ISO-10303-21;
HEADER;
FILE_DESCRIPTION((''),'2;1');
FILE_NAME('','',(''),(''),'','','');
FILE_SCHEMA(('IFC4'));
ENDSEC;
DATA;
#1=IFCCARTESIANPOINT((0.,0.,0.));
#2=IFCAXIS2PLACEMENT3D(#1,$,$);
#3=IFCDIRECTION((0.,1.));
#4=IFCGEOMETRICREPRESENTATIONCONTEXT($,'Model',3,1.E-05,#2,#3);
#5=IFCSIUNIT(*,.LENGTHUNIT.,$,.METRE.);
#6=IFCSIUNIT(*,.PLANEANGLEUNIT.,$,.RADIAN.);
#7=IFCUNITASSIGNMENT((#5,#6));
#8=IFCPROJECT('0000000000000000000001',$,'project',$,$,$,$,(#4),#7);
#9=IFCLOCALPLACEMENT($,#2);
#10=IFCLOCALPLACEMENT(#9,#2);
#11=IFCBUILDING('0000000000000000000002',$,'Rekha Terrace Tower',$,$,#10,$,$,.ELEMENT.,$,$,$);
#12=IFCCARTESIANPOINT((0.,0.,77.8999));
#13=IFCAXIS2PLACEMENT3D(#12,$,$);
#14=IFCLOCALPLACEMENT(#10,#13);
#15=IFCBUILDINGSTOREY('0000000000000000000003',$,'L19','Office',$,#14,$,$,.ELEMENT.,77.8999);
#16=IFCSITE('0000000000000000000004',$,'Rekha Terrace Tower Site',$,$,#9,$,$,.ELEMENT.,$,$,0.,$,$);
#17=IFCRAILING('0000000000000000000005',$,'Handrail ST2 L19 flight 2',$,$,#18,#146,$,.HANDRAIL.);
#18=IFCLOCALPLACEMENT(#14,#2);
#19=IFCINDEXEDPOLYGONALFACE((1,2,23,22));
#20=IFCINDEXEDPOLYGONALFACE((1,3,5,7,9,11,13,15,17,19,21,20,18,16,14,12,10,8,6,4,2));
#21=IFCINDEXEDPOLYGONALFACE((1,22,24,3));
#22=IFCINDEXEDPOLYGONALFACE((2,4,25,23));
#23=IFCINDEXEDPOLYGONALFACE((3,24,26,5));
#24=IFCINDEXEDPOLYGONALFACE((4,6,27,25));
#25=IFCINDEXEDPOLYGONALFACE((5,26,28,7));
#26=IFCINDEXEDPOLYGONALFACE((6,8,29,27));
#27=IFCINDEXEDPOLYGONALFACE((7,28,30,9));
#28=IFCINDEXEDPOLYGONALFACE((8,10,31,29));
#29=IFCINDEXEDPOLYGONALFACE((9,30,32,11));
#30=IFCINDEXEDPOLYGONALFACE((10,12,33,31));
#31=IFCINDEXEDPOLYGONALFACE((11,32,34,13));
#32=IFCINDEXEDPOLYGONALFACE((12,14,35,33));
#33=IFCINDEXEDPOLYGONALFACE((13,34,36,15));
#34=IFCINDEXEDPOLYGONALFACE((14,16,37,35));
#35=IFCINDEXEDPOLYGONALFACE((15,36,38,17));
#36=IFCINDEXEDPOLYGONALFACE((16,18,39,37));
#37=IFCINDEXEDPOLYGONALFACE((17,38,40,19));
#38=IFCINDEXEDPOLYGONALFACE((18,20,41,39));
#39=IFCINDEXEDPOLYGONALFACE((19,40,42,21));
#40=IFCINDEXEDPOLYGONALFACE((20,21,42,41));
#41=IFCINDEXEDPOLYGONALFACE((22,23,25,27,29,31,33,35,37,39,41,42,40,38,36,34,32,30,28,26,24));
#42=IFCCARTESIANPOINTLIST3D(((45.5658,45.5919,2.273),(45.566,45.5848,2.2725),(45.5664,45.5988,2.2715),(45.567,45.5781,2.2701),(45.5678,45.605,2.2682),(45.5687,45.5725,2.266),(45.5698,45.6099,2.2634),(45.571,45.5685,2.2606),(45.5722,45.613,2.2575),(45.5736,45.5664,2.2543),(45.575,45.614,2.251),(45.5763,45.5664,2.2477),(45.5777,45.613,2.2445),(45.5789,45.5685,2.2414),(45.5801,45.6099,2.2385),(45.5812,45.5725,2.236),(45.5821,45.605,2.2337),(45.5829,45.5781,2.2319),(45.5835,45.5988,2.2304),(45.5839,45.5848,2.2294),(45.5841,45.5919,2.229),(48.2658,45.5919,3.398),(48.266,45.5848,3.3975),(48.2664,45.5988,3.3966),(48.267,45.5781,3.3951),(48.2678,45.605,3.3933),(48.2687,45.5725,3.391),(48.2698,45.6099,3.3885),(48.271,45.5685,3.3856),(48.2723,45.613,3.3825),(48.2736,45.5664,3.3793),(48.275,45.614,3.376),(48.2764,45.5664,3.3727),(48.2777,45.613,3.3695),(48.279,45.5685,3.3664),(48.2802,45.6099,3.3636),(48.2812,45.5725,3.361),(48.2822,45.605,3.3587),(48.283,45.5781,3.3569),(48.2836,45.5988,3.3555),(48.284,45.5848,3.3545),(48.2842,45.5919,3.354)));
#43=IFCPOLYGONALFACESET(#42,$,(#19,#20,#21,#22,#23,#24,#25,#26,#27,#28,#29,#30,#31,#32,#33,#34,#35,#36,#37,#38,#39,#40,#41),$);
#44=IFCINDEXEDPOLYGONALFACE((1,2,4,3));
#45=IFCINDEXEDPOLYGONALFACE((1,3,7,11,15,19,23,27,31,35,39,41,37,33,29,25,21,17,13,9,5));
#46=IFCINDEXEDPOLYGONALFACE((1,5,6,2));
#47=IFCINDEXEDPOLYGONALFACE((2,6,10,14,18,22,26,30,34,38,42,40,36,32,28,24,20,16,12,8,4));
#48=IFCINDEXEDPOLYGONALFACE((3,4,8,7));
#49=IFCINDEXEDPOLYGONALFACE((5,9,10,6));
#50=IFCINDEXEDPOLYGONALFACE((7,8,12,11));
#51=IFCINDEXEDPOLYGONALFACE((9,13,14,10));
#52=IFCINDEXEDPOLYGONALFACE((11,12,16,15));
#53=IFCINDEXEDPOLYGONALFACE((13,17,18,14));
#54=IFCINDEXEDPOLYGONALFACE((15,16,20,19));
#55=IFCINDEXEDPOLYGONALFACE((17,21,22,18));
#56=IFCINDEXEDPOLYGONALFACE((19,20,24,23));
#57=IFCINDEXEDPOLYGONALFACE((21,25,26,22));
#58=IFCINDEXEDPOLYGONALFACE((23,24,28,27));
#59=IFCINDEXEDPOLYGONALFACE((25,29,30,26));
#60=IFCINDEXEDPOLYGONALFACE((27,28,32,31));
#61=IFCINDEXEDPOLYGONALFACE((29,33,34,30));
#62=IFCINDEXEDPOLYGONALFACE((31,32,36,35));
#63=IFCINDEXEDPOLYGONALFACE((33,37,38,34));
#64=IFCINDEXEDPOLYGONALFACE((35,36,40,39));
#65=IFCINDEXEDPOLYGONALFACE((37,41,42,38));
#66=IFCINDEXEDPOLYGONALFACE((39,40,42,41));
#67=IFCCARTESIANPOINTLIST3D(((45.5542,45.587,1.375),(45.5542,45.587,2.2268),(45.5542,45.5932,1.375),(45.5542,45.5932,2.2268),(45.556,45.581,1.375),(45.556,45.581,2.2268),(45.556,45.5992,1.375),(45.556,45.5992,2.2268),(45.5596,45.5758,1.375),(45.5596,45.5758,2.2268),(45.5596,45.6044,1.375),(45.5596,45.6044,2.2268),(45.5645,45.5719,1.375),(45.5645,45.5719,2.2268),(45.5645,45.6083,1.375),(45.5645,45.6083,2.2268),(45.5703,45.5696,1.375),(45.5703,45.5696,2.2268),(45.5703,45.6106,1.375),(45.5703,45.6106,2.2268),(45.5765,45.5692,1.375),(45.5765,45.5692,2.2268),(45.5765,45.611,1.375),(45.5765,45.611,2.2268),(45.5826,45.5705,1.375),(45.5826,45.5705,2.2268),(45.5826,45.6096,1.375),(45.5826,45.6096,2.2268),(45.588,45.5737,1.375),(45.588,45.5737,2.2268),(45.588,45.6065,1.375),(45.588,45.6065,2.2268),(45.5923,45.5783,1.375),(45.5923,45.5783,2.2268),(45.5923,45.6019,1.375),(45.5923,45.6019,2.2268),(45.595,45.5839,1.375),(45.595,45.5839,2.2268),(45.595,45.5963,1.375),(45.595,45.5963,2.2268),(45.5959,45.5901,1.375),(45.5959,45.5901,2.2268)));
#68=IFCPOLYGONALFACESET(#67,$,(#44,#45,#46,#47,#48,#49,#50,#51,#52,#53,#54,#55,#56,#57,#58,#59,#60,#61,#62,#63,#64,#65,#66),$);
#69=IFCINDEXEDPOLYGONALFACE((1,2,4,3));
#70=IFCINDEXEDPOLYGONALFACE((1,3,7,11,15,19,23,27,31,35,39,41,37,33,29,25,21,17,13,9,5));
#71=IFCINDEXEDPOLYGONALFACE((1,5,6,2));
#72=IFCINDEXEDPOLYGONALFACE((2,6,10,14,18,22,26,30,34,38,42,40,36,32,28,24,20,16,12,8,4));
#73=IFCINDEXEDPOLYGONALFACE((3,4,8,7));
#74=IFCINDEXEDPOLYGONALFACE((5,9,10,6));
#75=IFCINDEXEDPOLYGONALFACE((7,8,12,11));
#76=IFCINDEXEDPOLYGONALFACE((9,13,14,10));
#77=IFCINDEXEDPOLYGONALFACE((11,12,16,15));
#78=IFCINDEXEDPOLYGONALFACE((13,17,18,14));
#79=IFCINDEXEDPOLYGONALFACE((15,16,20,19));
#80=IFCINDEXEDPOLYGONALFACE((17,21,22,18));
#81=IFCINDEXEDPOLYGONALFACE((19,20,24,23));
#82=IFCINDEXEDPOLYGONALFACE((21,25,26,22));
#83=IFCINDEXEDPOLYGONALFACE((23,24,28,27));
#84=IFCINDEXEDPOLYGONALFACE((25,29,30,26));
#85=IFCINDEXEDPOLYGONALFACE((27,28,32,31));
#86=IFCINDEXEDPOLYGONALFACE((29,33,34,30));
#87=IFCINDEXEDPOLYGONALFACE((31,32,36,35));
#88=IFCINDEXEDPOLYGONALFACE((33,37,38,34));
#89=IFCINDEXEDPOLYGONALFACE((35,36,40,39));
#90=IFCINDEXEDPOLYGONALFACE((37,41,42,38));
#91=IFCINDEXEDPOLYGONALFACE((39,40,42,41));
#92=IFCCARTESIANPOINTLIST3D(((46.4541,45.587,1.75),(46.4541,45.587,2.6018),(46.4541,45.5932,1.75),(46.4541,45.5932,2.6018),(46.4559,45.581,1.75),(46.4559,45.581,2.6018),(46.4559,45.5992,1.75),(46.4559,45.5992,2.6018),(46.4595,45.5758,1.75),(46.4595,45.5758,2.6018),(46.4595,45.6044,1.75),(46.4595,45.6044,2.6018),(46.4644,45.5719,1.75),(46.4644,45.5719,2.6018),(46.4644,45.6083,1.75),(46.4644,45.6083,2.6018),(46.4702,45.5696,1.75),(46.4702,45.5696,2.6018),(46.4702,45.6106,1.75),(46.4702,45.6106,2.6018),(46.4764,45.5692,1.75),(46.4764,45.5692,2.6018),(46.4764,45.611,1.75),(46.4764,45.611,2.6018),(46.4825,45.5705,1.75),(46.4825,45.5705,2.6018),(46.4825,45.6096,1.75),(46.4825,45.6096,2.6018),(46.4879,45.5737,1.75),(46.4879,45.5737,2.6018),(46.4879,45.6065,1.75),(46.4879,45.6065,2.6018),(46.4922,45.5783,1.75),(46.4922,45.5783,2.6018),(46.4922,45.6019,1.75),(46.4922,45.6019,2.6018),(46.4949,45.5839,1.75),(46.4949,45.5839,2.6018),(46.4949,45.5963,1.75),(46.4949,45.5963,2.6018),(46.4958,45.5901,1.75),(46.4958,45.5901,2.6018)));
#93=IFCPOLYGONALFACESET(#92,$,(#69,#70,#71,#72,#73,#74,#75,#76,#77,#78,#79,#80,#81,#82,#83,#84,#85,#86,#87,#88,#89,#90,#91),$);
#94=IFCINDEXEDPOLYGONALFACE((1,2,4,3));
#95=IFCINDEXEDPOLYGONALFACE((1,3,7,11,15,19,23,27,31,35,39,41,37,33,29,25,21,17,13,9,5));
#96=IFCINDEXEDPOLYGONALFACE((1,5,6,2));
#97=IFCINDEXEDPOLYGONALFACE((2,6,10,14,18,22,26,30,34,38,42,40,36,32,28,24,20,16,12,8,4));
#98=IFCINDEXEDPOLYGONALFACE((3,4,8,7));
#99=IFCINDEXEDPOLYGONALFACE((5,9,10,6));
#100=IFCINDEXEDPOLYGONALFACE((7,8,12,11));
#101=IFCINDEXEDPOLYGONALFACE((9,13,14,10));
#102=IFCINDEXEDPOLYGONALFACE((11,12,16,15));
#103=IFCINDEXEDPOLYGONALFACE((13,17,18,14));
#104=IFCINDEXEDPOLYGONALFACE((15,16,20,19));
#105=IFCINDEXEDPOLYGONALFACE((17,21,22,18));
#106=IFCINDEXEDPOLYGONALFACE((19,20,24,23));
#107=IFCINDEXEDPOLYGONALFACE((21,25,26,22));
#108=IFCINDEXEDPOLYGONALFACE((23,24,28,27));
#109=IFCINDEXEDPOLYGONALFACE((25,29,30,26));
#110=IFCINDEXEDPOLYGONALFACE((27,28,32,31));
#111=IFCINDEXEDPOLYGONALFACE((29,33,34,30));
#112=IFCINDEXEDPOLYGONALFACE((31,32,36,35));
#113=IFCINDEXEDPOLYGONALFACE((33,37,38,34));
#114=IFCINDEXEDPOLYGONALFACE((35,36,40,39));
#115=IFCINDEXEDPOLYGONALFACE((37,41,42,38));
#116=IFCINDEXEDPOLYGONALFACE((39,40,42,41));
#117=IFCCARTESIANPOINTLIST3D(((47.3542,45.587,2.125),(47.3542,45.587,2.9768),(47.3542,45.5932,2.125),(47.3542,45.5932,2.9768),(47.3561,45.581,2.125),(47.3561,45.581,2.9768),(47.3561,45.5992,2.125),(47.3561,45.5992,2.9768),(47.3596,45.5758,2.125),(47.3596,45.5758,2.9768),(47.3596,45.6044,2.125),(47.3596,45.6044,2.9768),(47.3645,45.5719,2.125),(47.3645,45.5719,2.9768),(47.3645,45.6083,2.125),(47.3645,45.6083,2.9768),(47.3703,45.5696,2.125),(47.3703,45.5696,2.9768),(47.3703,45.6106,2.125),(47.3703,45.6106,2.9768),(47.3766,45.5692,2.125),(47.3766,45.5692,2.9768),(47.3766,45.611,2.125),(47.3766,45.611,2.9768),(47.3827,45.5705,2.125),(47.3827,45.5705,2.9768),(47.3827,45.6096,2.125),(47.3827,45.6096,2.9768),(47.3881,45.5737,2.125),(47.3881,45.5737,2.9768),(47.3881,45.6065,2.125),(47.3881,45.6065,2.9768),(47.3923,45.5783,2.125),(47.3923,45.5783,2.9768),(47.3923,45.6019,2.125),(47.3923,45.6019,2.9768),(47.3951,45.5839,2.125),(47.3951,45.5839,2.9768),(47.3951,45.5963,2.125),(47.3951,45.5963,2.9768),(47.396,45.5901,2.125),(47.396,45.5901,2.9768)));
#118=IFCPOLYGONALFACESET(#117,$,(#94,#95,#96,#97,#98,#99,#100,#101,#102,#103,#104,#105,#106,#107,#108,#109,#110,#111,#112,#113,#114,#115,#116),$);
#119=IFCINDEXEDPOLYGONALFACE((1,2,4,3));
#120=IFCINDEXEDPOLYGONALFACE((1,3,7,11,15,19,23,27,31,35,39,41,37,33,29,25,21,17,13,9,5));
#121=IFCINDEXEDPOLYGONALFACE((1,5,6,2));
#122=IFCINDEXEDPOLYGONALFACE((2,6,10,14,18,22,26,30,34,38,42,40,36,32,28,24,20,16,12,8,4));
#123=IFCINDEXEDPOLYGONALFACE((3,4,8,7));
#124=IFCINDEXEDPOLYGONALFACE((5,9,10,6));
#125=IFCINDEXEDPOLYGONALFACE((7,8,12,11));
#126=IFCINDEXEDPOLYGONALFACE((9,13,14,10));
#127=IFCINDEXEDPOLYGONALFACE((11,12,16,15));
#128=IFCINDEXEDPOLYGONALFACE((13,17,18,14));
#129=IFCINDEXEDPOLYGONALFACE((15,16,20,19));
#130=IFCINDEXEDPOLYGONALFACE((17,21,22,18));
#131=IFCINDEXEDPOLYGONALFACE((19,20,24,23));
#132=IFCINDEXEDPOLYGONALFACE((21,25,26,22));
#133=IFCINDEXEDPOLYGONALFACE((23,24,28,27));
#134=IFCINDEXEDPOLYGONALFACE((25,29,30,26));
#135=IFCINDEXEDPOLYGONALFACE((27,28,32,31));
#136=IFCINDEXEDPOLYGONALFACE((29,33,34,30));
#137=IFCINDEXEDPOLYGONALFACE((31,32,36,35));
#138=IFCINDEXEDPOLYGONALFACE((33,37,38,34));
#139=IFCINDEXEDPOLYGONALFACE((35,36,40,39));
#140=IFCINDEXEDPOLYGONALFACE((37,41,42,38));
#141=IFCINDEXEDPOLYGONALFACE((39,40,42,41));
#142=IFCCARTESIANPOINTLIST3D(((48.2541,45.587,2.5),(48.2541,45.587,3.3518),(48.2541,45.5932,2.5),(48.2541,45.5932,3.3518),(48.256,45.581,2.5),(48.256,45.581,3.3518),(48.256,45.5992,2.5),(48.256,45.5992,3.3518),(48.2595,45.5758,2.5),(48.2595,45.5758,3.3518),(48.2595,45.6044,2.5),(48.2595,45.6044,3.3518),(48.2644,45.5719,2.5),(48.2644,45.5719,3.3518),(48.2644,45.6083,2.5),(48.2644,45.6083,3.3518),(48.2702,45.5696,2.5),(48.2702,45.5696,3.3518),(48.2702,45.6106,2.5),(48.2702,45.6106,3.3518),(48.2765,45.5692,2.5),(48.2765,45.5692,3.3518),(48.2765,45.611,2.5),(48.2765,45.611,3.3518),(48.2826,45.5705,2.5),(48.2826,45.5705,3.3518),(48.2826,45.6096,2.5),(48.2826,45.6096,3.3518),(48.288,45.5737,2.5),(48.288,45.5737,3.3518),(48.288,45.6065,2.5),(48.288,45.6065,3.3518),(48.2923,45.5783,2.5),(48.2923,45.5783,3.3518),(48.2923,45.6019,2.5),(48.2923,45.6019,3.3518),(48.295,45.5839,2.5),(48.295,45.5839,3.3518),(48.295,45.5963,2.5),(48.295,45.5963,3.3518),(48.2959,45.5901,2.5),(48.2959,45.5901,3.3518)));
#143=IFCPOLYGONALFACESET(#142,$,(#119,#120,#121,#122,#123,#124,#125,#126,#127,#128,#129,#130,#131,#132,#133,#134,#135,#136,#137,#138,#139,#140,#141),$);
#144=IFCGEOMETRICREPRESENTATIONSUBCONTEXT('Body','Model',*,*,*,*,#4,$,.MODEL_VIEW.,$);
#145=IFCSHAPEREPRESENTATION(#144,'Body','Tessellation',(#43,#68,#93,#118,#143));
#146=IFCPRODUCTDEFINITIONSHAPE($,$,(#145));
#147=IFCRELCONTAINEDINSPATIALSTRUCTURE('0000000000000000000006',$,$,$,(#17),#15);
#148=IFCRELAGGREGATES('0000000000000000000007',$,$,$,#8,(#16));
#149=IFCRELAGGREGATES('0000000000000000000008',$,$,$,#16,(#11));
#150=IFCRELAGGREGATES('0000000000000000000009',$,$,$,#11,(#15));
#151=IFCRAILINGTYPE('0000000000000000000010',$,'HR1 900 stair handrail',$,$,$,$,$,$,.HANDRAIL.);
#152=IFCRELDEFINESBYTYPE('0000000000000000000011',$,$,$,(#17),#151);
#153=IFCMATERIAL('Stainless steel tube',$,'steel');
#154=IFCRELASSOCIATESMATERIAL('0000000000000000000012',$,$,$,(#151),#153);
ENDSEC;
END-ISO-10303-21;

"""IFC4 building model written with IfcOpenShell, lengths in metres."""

from ifc_helpers import new_model, si_unit, direction, frame, origin, origin_2d, place, context, subcontext, project, spatial, circle, extrude, material, type_object, element, save


model = new_model("IFC4")

# Units and contexts
model_context = context("Model", 3, precision=1e-05, world=origin(), true_north=direction((0.0, 1.0)))
body_context = subcontext(model_context, "Body", "Model", "MODEL_VIEW")
ifc_project = project(units=[si_unit("LENGTHUNIT", "METRE"), si_unit("PLANEANGLEUNIT", "RADIAN")], contexts=[model_context])

# Site, building, storey
site_placement = place(None, origin())
site = spatial("IfcSite", under=ifc_project, at=site_placement, Name="Rekha Terrace Tower Site", CompositionType="ELEMENT", RefElevation=0.0)
building_placement = place(site_placement, origin())
building = spatial("IfcBuilding", under=site, at=building_placement, Name="Rekha Terrace Tower", CompositionType="ELEMENT")
storey_placement = place(building_placement, frame((0.0, 0.0, 77.8999)))
storey = spatial("IfcBuildingStorey", under=building, at=storey_placement, Name="L19", Description="Office", CompositionType="ELEMENT", Elevation=77.8999)

# Railing
ifc_material_1 = material(Name="Stainless steel tube", Category="steel")
railing_type_1 = type_object("IfcRailingType", Name="HR1 900 stair handrail", PredefinedType="HANDRAIL", material=ifc_material_1)
railing_1_placement = place(storey_placement, frame((45.575, 45.5901, 1.375)))
element("IfcRailing", 1, at=railing_1_placement, inside=storey, type_object=railing_type_1, Name="Handrail ST2 L19 flight 2", PredefinedType="HANDRAIL", context=body_context, shape_type="SweptSolid", body=[
    extrude(circle(Radius=0.0239, at=origin_2d()), frame((0.0, 0.0, 0.876), z_axis=(0.923074, 0.0, 0.384621), x_axis=(0.0, 1.0, 0.0)), (0.0, 0.0, 1.0), 2.925),
    extrude(circle(Radius=0.021, at=origin_2d()), origin(), (0.0, 0.0, 1.0), 0.8518),
    extrude(circle(Radius=0.021, at=origin_2d()), frame((0.8999, 0.0, 0.375)), (0.0, 0.0, 1.0), 0.8518),
    extrude(circle(Radius=0.021, at=origin_2d()), frame((1.8, 0.0, 0.75)), (0.0, 0.0, 1.0), 0.8518),
    extrude(circle(Radius=0.021, at=origin_2d()), frame((2.7, 0.0, 1.125)), (0.0, 0.0, 1.0), 0.8518),
])

save(model, "model.ifc")
